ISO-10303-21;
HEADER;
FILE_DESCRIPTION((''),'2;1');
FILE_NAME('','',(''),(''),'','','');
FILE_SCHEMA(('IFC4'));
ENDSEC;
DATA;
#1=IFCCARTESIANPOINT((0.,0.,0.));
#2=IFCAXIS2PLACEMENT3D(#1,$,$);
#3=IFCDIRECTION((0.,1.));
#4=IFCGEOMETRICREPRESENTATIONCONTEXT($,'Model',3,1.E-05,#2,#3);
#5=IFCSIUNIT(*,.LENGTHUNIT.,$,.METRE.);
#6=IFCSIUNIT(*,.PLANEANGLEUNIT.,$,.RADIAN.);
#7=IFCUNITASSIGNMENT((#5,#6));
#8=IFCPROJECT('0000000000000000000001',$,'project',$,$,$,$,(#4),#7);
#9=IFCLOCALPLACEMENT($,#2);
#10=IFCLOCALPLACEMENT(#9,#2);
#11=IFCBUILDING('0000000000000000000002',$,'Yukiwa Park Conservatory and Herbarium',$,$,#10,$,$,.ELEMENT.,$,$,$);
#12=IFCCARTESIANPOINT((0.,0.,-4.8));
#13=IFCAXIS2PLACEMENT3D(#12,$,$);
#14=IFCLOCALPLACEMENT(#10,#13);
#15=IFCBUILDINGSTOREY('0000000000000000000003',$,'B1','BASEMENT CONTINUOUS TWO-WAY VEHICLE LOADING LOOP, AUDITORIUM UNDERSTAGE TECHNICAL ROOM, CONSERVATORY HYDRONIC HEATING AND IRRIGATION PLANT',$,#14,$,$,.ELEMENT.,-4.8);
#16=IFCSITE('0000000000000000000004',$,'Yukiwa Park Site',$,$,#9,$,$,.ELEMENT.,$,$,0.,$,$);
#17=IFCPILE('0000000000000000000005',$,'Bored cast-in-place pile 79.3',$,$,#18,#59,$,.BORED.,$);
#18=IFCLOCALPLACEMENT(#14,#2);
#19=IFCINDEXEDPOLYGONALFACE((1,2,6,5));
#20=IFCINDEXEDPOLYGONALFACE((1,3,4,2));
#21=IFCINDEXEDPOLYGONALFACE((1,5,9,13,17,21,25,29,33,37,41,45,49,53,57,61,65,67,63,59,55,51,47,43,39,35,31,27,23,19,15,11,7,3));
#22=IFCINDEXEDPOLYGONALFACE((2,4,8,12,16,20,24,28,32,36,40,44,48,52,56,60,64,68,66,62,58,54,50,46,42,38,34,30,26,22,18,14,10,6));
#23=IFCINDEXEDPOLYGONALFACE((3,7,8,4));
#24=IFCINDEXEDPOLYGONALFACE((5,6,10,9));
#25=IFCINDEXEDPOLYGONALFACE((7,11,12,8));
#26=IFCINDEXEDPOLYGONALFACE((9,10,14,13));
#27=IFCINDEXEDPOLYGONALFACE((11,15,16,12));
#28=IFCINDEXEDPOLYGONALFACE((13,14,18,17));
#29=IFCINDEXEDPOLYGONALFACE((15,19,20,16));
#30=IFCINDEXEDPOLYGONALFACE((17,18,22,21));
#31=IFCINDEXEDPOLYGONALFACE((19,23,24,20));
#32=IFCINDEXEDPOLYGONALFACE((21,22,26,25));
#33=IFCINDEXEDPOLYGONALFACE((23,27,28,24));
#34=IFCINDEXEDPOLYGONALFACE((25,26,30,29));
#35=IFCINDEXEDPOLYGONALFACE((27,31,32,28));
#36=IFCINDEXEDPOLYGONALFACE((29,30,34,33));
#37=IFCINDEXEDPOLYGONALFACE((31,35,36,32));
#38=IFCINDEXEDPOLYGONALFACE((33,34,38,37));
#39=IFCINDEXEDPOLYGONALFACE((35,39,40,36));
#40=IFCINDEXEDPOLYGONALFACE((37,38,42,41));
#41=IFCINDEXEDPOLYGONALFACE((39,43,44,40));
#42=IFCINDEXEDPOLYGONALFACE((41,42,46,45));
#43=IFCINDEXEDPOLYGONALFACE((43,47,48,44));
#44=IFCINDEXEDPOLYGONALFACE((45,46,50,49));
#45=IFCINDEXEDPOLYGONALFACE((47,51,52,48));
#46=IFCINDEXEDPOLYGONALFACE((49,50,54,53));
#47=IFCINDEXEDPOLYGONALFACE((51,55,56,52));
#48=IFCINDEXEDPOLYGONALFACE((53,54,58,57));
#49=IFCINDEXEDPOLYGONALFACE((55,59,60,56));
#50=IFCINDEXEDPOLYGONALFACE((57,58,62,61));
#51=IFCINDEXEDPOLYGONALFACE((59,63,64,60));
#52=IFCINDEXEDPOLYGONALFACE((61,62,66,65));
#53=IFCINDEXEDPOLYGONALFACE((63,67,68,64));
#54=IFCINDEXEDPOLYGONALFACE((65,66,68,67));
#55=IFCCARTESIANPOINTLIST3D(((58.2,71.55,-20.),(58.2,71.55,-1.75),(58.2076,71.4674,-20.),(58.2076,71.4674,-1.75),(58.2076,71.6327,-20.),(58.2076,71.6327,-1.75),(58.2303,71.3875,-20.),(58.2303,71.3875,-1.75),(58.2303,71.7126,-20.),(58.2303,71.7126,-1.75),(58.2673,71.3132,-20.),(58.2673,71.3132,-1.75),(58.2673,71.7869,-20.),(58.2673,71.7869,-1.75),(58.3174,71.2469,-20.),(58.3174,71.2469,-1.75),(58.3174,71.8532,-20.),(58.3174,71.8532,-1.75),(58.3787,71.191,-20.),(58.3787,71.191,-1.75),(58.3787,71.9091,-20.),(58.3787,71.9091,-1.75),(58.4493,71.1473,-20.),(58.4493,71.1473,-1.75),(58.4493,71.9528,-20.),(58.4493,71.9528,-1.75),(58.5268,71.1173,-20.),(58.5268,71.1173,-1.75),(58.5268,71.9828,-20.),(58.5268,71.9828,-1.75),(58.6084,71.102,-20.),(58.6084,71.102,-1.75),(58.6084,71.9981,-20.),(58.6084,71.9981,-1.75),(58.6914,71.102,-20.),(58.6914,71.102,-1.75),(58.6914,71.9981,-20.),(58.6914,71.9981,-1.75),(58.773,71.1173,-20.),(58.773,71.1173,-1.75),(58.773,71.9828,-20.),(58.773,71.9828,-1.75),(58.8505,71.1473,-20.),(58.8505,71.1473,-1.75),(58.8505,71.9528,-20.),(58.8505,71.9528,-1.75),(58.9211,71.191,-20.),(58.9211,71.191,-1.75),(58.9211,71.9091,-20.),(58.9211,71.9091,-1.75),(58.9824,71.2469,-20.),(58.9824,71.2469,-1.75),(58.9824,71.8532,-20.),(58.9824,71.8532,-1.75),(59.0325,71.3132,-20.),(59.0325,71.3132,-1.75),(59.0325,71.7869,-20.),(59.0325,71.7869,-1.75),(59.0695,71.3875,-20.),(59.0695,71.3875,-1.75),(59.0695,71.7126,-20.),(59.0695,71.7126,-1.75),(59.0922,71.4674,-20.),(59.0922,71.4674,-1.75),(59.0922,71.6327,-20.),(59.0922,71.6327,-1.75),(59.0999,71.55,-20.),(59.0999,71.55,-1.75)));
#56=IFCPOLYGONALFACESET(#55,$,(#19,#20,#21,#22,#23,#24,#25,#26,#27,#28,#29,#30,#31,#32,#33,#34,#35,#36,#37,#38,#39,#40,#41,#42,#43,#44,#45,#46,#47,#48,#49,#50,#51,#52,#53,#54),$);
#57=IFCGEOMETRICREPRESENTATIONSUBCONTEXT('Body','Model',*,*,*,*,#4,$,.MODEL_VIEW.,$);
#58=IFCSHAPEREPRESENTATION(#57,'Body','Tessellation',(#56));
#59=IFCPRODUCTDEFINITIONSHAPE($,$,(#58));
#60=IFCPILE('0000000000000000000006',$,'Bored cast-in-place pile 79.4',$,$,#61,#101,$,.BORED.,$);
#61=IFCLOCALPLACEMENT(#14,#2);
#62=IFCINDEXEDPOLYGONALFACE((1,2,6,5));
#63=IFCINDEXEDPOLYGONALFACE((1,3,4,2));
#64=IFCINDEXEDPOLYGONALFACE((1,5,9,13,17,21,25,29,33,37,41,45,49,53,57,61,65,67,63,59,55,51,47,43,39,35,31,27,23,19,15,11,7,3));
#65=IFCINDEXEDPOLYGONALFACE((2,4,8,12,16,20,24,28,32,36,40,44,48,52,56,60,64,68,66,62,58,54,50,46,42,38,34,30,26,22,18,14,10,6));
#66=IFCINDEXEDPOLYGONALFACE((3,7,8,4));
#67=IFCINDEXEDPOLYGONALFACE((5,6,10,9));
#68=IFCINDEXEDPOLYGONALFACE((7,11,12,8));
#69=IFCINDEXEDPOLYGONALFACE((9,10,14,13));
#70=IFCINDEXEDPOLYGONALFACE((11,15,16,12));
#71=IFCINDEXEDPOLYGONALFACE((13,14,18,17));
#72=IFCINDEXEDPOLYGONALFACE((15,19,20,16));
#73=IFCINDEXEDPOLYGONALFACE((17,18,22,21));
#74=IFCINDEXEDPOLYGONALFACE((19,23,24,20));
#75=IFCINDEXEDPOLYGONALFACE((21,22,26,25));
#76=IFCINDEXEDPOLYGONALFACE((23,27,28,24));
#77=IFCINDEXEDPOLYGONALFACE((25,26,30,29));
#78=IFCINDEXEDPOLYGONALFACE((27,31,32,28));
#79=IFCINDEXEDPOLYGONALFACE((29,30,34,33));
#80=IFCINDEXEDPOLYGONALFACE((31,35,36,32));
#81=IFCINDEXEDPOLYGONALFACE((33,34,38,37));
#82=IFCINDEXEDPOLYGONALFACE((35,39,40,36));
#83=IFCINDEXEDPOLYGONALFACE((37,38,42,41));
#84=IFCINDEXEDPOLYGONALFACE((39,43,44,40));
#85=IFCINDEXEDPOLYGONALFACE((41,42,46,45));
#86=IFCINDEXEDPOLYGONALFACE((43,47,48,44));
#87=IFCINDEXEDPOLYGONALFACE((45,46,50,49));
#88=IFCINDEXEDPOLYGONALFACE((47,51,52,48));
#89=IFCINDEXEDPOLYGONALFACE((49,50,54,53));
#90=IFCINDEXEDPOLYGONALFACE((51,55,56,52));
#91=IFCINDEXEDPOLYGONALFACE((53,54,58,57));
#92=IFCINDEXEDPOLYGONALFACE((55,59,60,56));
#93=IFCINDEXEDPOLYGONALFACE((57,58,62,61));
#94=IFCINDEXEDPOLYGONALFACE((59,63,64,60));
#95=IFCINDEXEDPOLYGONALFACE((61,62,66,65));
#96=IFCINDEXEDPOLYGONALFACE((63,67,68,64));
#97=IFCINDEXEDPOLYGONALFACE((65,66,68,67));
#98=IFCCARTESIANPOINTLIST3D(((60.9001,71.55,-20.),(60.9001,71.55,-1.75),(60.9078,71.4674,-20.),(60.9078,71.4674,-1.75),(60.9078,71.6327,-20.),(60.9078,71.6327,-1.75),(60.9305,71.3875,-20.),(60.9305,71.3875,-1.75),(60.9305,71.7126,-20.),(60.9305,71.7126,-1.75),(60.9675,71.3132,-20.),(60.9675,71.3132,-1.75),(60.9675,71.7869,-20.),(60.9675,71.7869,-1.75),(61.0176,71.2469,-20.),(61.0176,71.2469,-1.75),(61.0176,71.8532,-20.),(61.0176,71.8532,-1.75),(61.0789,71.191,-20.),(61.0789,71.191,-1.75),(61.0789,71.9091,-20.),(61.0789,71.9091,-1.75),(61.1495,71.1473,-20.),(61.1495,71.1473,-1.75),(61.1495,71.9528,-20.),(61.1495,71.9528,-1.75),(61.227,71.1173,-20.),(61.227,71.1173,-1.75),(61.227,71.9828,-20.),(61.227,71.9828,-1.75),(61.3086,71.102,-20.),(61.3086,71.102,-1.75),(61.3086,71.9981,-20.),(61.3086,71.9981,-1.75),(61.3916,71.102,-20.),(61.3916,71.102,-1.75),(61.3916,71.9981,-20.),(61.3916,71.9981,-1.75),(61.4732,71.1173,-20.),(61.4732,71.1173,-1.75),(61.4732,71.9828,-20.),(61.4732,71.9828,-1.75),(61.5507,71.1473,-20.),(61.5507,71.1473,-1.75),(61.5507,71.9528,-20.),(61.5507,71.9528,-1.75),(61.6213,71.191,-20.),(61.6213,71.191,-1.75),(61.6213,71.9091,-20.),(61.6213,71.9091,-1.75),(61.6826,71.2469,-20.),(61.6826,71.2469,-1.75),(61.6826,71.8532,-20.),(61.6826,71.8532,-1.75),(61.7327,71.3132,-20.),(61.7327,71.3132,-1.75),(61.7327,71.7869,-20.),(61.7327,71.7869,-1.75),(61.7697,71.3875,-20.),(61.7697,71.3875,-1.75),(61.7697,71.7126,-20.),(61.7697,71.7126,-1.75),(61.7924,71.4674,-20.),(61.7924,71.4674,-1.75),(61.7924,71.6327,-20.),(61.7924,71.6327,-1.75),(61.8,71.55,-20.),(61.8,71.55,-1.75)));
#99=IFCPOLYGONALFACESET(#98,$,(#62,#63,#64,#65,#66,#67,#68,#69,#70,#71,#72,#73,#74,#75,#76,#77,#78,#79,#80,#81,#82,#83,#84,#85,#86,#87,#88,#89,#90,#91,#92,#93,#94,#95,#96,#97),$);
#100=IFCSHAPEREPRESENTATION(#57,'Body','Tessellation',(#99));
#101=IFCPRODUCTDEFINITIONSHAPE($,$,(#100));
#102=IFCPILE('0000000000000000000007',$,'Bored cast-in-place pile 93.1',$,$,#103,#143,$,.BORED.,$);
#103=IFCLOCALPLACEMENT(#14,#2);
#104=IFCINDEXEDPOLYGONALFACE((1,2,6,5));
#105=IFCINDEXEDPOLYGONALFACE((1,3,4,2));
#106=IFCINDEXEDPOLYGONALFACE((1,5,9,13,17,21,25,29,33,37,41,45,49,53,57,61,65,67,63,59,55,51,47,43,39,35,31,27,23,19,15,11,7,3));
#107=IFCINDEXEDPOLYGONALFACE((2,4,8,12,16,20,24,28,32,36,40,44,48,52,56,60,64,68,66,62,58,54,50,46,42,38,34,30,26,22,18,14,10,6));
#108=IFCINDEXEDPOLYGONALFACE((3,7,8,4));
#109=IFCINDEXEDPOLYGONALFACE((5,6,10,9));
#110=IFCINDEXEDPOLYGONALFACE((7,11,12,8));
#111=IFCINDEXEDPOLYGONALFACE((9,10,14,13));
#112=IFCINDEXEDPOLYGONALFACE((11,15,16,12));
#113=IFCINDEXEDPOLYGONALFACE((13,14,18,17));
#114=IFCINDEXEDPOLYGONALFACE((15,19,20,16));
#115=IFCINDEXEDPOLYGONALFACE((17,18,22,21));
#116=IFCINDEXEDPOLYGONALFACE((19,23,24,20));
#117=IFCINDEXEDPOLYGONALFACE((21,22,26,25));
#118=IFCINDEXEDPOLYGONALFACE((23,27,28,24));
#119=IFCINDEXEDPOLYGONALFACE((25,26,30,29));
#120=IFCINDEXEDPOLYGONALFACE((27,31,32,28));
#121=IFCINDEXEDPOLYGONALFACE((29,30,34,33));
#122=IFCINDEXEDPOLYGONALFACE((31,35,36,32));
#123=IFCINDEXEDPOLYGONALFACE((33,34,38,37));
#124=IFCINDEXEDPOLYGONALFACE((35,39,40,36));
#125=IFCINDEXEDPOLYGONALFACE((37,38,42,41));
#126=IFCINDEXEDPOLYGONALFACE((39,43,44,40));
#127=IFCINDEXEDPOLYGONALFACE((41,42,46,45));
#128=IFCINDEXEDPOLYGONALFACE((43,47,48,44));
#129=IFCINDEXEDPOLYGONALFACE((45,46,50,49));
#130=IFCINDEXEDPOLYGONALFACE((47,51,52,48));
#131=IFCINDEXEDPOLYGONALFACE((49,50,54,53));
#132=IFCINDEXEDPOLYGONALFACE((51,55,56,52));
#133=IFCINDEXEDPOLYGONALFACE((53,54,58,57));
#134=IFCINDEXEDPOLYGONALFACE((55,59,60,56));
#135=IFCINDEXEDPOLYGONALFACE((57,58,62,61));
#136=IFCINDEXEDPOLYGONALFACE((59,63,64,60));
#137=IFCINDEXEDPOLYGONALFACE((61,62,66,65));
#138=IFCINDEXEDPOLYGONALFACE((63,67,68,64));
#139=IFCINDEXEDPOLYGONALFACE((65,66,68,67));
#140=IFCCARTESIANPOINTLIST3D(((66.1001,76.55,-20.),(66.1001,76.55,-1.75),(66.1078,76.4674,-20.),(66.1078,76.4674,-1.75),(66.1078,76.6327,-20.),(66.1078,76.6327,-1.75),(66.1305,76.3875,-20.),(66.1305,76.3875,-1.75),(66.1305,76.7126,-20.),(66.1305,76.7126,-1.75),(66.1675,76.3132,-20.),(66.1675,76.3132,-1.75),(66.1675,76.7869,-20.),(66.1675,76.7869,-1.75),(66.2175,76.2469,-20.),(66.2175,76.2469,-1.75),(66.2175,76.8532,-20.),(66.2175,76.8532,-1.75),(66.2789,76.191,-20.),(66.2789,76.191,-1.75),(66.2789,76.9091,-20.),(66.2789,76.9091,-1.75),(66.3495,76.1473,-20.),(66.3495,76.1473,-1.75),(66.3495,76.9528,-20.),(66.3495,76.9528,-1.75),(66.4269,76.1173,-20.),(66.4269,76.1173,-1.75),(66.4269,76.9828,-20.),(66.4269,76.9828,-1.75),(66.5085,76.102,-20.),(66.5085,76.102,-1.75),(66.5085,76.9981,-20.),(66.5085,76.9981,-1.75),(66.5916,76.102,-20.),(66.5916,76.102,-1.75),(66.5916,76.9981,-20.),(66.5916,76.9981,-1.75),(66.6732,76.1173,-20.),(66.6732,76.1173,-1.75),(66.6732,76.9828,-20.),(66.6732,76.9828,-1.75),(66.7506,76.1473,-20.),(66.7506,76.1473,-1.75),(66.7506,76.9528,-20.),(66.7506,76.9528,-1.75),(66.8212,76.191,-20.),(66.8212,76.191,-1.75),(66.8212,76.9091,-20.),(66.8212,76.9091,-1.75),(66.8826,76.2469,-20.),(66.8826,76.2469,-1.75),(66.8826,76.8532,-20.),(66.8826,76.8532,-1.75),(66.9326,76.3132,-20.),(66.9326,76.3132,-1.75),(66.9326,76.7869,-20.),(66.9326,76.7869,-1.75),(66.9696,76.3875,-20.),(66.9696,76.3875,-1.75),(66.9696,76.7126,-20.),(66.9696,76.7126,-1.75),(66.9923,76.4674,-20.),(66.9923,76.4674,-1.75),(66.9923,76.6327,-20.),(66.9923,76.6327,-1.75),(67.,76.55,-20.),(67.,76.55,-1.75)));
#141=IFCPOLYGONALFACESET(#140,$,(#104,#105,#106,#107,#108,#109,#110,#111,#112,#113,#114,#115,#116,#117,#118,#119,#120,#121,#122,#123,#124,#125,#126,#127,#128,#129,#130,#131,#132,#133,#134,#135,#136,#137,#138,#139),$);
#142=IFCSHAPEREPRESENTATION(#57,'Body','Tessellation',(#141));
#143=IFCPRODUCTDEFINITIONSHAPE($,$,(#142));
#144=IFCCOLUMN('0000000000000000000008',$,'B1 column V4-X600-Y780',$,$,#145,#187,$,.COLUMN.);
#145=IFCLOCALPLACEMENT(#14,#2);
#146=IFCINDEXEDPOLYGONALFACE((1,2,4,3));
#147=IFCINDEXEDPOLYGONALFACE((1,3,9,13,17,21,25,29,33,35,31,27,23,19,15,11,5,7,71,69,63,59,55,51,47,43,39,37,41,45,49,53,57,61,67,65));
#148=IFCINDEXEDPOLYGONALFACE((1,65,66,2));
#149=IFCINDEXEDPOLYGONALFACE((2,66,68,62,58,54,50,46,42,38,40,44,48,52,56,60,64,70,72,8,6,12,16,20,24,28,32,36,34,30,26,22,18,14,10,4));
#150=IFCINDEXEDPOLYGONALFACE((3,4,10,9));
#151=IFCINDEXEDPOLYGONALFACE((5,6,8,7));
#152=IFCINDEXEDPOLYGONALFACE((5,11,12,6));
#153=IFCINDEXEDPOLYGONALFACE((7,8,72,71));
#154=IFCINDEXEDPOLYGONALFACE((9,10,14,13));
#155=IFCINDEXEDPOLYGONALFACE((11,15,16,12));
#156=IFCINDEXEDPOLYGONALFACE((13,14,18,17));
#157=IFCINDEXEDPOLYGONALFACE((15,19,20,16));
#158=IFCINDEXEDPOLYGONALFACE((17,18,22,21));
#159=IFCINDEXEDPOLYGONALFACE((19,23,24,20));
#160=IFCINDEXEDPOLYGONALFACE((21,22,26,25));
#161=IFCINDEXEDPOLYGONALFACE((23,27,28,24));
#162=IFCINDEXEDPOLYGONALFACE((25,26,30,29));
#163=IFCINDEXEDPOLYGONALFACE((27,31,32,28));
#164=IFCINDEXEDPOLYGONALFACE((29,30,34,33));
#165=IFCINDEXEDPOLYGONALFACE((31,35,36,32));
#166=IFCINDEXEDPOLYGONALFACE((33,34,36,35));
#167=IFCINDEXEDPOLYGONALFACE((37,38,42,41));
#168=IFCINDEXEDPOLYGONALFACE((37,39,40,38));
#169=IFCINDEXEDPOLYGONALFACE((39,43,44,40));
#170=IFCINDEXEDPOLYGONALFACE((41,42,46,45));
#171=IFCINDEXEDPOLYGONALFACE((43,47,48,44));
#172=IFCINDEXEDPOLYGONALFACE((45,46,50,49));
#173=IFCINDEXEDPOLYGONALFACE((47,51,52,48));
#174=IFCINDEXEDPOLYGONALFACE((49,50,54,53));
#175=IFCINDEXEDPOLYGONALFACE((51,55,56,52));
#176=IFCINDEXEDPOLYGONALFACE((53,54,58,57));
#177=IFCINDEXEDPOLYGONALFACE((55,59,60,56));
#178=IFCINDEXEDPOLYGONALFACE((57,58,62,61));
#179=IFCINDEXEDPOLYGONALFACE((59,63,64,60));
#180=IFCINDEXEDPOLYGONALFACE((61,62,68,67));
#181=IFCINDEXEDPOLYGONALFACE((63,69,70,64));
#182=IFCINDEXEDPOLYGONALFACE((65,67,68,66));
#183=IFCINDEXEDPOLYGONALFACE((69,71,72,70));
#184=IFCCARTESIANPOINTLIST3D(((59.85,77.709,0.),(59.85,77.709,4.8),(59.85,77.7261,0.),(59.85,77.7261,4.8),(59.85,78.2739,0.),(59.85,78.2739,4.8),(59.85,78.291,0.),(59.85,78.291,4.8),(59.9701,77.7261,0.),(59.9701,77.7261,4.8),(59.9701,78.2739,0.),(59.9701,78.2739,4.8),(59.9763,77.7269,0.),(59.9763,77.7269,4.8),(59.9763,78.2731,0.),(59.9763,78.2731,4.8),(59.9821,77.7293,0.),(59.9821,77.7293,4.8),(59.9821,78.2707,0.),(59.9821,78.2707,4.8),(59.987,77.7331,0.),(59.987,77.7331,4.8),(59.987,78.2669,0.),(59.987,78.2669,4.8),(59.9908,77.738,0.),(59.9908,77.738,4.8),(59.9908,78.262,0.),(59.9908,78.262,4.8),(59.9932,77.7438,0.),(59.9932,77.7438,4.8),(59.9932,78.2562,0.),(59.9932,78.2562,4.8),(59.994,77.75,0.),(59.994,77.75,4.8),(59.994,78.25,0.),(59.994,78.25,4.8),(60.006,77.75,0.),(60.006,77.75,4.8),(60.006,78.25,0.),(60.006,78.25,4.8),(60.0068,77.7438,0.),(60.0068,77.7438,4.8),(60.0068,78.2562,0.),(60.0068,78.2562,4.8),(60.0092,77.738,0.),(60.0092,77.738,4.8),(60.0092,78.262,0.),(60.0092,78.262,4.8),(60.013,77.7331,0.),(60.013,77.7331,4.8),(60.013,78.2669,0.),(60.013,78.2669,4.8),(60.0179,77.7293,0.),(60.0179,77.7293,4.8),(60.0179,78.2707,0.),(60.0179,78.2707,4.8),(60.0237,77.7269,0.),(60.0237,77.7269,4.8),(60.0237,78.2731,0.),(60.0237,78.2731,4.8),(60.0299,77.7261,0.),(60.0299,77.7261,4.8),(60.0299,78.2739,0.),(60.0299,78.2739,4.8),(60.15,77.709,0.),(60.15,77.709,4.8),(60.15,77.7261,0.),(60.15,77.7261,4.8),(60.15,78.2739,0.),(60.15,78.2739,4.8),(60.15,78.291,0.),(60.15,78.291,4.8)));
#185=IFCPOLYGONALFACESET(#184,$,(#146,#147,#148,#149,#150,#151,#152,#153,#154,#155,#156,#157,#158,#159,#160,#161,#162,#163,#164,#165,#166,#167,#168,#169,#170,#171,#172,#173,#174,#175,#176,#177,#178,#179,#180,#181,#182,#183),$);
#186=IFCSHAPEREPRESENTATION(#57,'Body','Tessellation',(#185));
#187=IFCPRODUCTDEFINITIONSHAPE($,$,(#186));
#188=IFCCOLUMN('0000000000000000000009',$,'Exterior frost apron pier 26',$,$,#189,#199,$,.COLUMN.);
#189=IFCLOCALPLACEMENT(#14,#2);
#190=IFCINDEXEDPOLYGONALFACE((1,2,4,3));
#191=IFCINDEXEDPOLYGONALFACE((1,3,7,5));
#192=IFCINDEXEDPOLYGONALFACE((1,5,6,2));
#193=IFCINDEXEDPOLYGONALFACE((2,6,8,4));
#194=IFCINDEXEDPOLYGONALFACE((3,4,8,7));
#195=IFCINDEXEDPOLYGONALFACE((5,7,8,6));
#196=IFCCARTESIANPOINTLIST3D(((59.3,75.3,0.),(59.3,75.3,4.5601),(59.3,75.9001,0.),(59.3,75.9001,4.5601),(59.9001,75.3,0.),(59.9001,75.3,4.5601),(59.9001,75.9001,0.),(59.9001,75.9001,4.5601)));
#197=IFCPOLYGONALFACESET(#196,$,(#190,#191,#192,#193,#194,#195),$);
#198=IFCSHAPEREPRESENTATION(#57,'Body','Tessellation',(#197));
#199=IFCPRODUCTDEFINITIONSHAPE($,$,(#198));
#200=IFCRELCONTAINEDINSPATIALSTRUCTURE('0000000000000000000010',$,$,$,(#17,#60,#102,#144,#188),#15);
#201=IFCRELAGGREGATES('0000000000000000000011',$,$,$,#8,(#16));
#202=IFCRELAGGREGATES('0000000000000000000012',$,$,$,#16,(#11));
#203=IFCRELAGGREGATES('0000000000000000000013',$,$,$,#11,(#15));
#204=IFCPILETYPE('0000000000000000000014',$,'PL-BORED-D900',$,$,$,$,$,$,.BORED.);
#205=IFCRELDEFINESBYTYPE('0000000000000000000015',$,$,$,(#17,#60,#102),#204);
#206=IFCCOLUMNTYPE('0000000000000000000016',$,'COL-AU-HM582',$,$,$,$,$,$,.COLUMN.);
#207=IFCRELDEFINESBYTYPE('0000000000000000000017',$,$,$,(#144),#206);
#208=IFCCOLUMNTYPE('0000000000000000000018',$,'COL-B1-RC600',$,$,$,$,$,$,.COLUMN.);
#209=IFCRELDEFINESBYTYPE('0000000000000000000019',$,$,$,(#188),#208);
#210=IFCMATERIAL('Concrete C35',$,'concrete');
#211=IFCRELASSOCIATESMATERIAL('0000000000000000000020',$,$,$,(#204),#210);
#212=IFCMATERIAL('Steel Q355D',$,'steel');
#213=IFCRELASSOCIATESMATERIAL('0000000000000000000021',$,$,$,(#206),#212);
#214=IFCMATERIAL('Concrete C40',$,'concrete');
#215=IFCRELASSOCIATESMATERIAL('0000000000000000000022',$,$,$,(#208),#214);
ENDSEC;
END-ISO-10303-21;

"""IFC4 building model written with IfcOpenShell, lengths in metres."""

from ifc_helpers import new_model, si_unit, direction, frame, origin, origin_2d, place, context, subcontext, project, spatial, rectangle, circle, i_section, extrude, material, material_profile, profile_set, type_object, element, save


model = new_model("IFC4")

# Units and contexts
model_context = context("Model", 3, precision=1e-05, world=origin(), true_north=direction((0.0, 1.0)))
body_context = subcontext(model_context, "Body", "Model", "MODEL_VIEW")
ifc_project = project(units=[si_unit("LENGTHUNIT", "METRE"), si_unit("PLANEANGLEUNIT", "RADIAN")], contexts=[model_context])

# Site, building, storey
site_placement = place(None, origin())
site = spatial("IfcSite", under=ifc_project, at=site_placement, Name="Yukiwa Park Site", CompositionType="ELEMENT", RefElevation=0.0)
building_placement = place(site_placement, origin())
building = spatial("IfcBuilding", under=site, at=building_placement, Name="Yukiwa Park Conservatory and Herbarium", CompositionType="ELEMENT")
storey_placement = place(building_placement, frame((0.0, 0.0, -4.8)))
storey = spatial("IfcBuildingStorey", under=building, at=storey_placement, Name="B1", Description="BASEMENT CONTINUOUS TWO-WAY VEHICLE LOADING LOOP, AUDITORIUM UNDERSTAGE TECHNICAL ROOM, CONSERVATORY HYDRONIC HEATING AND IRRIGATION PLANT", CompositionType="ELEMENT", Elevation=-4.8)

# Piles
ifc_material_1 = material(Name="Concrete C35", Category="concrete")
ifc_material_profile_1 = material_profile(ifc_material_1, circle(Radius=0.45, at=origin_2d()), Name="PILE D900")
ifc_profile_set_1 = profile_set([ifc_material_profile_1], Name="Concrete C35")
pile_type_1 = type_object("IfcPileType", Name="PL-BORED-D900", PredefinedType="BORED", material=ifc_profile_set_1)
for number, where, z_axis, x_axis, name in (
    (1, (58.6499, 71.55, -1.75), (0.0, 0.0, -1.0), (1.0, 0.0, 0.0), "Bored cast-in-place pile 79.3"),
    (2, (61.3501, 71.55, -1.75), (0.0, 0.0, -1.0), (1.0, 0.0, 0.0), "Bored cast-in-place pile 79.4"),
    (3, (66.55, 76.55, -1.75), (0.0, 0.0, -1.0), (1.0, 0.0, 0.0), "Bored cast-in-place pile 93.1"),
):
    element("IfcPile", number, at=place(storey_placement, frame(where, z_axis=z_axis, x_axis=x_axis)), inside=storey, type_object=pile_type_1, Name=name, PredefinedType="BORED", context=body_context, shape_type="SweptSolid", body=[
        extrude(circle(Radius=0.45, at=origin_2d()), origin(), (0.0, 0.0, 1.0), 18.25),
    ])

# Columns
ifc_material_2 = material(Name="Steel Q355D", Category="steel")
ifc_material_profile_2 = material_profile(ifc_material_2, i_section(OverallWidth=0.3, OverallDepth=0.582, WebThickness=0.012, FlangeThickness=0.0171, FilletRadius=0.0239, at=origin_2d()), Name="HM 582x300x12x17")
ifc_profile_set_2 = profile_set([ifc_material_profile_2], Name="Steel Q355D")
column_type_1 = type_object("IfcColumnType", Name="COL-AU-HM582", PredefinedType="COLUMN", material=ifc_profile_set_2)
column_placement = place(storey_placement, frame((60.0, 78.0, 0.0), z_axis=(0.0, 0.0, 1.0), x_axis=(1.0, 0.0, 0.0)))
element("IfcColumn", 4, at=column_placement, inside=storey, type_object=column_type_1, Name="B1 column V4-X600-Y780", PredefinedType="COLUMN", context=body_context, shape_type="SweptSolid", body=[
    extrude(i_section(OverallWidth=0.3, OverallDepth=0.582, WebThickness=0.012, FlangeThickness=0.0171, FilletRadius=0.0239, at=origin_2d()), origin(), (0.0, 0.0, 1.0), 4.8),
])
ifc_material_3 = material(Name="Concrete C40", Category="concrete")
ifc_material_profile_3 = material_profile(ifc_material_3, rectangle(XDim=0.6001, YDim=0.6001, at=origin_2d()), Name="RC 600x600")
ifc_profile_set_3 = profile_set([ifc_material_profile_3], Name="Concrete C40")
column_type_2 = type_object("IfcColumnType", Name="COL-B1-RC600", PredefinedType="COLUMN", material=ifc_profile_set_3)
for number, where, z_axis, x_axis, name in (
    (5, (59.6001, 75.6001, 0.0), (0.0, 0.0, 1.0), (1.0, 0.0, 0.0), "Exterior frost apron pier 26"),
):
    element("IfcColumn", number, at=place(storey_placement, frame(where, z_axis=z_axis, x_axis=x_axis)), inside=storey, type_object=column_type_2, Name=name, PredefinedType="COLUMN", context=body_context, shape_type="SweptSolid", body=[
        extrude(rectangle(XDim=0.6001, YDim=0.6001, at=origin_2d()), origin(), (0.0, 0.0, 1.0), 4.5601),
    ])

save(model, "model.ifc")
